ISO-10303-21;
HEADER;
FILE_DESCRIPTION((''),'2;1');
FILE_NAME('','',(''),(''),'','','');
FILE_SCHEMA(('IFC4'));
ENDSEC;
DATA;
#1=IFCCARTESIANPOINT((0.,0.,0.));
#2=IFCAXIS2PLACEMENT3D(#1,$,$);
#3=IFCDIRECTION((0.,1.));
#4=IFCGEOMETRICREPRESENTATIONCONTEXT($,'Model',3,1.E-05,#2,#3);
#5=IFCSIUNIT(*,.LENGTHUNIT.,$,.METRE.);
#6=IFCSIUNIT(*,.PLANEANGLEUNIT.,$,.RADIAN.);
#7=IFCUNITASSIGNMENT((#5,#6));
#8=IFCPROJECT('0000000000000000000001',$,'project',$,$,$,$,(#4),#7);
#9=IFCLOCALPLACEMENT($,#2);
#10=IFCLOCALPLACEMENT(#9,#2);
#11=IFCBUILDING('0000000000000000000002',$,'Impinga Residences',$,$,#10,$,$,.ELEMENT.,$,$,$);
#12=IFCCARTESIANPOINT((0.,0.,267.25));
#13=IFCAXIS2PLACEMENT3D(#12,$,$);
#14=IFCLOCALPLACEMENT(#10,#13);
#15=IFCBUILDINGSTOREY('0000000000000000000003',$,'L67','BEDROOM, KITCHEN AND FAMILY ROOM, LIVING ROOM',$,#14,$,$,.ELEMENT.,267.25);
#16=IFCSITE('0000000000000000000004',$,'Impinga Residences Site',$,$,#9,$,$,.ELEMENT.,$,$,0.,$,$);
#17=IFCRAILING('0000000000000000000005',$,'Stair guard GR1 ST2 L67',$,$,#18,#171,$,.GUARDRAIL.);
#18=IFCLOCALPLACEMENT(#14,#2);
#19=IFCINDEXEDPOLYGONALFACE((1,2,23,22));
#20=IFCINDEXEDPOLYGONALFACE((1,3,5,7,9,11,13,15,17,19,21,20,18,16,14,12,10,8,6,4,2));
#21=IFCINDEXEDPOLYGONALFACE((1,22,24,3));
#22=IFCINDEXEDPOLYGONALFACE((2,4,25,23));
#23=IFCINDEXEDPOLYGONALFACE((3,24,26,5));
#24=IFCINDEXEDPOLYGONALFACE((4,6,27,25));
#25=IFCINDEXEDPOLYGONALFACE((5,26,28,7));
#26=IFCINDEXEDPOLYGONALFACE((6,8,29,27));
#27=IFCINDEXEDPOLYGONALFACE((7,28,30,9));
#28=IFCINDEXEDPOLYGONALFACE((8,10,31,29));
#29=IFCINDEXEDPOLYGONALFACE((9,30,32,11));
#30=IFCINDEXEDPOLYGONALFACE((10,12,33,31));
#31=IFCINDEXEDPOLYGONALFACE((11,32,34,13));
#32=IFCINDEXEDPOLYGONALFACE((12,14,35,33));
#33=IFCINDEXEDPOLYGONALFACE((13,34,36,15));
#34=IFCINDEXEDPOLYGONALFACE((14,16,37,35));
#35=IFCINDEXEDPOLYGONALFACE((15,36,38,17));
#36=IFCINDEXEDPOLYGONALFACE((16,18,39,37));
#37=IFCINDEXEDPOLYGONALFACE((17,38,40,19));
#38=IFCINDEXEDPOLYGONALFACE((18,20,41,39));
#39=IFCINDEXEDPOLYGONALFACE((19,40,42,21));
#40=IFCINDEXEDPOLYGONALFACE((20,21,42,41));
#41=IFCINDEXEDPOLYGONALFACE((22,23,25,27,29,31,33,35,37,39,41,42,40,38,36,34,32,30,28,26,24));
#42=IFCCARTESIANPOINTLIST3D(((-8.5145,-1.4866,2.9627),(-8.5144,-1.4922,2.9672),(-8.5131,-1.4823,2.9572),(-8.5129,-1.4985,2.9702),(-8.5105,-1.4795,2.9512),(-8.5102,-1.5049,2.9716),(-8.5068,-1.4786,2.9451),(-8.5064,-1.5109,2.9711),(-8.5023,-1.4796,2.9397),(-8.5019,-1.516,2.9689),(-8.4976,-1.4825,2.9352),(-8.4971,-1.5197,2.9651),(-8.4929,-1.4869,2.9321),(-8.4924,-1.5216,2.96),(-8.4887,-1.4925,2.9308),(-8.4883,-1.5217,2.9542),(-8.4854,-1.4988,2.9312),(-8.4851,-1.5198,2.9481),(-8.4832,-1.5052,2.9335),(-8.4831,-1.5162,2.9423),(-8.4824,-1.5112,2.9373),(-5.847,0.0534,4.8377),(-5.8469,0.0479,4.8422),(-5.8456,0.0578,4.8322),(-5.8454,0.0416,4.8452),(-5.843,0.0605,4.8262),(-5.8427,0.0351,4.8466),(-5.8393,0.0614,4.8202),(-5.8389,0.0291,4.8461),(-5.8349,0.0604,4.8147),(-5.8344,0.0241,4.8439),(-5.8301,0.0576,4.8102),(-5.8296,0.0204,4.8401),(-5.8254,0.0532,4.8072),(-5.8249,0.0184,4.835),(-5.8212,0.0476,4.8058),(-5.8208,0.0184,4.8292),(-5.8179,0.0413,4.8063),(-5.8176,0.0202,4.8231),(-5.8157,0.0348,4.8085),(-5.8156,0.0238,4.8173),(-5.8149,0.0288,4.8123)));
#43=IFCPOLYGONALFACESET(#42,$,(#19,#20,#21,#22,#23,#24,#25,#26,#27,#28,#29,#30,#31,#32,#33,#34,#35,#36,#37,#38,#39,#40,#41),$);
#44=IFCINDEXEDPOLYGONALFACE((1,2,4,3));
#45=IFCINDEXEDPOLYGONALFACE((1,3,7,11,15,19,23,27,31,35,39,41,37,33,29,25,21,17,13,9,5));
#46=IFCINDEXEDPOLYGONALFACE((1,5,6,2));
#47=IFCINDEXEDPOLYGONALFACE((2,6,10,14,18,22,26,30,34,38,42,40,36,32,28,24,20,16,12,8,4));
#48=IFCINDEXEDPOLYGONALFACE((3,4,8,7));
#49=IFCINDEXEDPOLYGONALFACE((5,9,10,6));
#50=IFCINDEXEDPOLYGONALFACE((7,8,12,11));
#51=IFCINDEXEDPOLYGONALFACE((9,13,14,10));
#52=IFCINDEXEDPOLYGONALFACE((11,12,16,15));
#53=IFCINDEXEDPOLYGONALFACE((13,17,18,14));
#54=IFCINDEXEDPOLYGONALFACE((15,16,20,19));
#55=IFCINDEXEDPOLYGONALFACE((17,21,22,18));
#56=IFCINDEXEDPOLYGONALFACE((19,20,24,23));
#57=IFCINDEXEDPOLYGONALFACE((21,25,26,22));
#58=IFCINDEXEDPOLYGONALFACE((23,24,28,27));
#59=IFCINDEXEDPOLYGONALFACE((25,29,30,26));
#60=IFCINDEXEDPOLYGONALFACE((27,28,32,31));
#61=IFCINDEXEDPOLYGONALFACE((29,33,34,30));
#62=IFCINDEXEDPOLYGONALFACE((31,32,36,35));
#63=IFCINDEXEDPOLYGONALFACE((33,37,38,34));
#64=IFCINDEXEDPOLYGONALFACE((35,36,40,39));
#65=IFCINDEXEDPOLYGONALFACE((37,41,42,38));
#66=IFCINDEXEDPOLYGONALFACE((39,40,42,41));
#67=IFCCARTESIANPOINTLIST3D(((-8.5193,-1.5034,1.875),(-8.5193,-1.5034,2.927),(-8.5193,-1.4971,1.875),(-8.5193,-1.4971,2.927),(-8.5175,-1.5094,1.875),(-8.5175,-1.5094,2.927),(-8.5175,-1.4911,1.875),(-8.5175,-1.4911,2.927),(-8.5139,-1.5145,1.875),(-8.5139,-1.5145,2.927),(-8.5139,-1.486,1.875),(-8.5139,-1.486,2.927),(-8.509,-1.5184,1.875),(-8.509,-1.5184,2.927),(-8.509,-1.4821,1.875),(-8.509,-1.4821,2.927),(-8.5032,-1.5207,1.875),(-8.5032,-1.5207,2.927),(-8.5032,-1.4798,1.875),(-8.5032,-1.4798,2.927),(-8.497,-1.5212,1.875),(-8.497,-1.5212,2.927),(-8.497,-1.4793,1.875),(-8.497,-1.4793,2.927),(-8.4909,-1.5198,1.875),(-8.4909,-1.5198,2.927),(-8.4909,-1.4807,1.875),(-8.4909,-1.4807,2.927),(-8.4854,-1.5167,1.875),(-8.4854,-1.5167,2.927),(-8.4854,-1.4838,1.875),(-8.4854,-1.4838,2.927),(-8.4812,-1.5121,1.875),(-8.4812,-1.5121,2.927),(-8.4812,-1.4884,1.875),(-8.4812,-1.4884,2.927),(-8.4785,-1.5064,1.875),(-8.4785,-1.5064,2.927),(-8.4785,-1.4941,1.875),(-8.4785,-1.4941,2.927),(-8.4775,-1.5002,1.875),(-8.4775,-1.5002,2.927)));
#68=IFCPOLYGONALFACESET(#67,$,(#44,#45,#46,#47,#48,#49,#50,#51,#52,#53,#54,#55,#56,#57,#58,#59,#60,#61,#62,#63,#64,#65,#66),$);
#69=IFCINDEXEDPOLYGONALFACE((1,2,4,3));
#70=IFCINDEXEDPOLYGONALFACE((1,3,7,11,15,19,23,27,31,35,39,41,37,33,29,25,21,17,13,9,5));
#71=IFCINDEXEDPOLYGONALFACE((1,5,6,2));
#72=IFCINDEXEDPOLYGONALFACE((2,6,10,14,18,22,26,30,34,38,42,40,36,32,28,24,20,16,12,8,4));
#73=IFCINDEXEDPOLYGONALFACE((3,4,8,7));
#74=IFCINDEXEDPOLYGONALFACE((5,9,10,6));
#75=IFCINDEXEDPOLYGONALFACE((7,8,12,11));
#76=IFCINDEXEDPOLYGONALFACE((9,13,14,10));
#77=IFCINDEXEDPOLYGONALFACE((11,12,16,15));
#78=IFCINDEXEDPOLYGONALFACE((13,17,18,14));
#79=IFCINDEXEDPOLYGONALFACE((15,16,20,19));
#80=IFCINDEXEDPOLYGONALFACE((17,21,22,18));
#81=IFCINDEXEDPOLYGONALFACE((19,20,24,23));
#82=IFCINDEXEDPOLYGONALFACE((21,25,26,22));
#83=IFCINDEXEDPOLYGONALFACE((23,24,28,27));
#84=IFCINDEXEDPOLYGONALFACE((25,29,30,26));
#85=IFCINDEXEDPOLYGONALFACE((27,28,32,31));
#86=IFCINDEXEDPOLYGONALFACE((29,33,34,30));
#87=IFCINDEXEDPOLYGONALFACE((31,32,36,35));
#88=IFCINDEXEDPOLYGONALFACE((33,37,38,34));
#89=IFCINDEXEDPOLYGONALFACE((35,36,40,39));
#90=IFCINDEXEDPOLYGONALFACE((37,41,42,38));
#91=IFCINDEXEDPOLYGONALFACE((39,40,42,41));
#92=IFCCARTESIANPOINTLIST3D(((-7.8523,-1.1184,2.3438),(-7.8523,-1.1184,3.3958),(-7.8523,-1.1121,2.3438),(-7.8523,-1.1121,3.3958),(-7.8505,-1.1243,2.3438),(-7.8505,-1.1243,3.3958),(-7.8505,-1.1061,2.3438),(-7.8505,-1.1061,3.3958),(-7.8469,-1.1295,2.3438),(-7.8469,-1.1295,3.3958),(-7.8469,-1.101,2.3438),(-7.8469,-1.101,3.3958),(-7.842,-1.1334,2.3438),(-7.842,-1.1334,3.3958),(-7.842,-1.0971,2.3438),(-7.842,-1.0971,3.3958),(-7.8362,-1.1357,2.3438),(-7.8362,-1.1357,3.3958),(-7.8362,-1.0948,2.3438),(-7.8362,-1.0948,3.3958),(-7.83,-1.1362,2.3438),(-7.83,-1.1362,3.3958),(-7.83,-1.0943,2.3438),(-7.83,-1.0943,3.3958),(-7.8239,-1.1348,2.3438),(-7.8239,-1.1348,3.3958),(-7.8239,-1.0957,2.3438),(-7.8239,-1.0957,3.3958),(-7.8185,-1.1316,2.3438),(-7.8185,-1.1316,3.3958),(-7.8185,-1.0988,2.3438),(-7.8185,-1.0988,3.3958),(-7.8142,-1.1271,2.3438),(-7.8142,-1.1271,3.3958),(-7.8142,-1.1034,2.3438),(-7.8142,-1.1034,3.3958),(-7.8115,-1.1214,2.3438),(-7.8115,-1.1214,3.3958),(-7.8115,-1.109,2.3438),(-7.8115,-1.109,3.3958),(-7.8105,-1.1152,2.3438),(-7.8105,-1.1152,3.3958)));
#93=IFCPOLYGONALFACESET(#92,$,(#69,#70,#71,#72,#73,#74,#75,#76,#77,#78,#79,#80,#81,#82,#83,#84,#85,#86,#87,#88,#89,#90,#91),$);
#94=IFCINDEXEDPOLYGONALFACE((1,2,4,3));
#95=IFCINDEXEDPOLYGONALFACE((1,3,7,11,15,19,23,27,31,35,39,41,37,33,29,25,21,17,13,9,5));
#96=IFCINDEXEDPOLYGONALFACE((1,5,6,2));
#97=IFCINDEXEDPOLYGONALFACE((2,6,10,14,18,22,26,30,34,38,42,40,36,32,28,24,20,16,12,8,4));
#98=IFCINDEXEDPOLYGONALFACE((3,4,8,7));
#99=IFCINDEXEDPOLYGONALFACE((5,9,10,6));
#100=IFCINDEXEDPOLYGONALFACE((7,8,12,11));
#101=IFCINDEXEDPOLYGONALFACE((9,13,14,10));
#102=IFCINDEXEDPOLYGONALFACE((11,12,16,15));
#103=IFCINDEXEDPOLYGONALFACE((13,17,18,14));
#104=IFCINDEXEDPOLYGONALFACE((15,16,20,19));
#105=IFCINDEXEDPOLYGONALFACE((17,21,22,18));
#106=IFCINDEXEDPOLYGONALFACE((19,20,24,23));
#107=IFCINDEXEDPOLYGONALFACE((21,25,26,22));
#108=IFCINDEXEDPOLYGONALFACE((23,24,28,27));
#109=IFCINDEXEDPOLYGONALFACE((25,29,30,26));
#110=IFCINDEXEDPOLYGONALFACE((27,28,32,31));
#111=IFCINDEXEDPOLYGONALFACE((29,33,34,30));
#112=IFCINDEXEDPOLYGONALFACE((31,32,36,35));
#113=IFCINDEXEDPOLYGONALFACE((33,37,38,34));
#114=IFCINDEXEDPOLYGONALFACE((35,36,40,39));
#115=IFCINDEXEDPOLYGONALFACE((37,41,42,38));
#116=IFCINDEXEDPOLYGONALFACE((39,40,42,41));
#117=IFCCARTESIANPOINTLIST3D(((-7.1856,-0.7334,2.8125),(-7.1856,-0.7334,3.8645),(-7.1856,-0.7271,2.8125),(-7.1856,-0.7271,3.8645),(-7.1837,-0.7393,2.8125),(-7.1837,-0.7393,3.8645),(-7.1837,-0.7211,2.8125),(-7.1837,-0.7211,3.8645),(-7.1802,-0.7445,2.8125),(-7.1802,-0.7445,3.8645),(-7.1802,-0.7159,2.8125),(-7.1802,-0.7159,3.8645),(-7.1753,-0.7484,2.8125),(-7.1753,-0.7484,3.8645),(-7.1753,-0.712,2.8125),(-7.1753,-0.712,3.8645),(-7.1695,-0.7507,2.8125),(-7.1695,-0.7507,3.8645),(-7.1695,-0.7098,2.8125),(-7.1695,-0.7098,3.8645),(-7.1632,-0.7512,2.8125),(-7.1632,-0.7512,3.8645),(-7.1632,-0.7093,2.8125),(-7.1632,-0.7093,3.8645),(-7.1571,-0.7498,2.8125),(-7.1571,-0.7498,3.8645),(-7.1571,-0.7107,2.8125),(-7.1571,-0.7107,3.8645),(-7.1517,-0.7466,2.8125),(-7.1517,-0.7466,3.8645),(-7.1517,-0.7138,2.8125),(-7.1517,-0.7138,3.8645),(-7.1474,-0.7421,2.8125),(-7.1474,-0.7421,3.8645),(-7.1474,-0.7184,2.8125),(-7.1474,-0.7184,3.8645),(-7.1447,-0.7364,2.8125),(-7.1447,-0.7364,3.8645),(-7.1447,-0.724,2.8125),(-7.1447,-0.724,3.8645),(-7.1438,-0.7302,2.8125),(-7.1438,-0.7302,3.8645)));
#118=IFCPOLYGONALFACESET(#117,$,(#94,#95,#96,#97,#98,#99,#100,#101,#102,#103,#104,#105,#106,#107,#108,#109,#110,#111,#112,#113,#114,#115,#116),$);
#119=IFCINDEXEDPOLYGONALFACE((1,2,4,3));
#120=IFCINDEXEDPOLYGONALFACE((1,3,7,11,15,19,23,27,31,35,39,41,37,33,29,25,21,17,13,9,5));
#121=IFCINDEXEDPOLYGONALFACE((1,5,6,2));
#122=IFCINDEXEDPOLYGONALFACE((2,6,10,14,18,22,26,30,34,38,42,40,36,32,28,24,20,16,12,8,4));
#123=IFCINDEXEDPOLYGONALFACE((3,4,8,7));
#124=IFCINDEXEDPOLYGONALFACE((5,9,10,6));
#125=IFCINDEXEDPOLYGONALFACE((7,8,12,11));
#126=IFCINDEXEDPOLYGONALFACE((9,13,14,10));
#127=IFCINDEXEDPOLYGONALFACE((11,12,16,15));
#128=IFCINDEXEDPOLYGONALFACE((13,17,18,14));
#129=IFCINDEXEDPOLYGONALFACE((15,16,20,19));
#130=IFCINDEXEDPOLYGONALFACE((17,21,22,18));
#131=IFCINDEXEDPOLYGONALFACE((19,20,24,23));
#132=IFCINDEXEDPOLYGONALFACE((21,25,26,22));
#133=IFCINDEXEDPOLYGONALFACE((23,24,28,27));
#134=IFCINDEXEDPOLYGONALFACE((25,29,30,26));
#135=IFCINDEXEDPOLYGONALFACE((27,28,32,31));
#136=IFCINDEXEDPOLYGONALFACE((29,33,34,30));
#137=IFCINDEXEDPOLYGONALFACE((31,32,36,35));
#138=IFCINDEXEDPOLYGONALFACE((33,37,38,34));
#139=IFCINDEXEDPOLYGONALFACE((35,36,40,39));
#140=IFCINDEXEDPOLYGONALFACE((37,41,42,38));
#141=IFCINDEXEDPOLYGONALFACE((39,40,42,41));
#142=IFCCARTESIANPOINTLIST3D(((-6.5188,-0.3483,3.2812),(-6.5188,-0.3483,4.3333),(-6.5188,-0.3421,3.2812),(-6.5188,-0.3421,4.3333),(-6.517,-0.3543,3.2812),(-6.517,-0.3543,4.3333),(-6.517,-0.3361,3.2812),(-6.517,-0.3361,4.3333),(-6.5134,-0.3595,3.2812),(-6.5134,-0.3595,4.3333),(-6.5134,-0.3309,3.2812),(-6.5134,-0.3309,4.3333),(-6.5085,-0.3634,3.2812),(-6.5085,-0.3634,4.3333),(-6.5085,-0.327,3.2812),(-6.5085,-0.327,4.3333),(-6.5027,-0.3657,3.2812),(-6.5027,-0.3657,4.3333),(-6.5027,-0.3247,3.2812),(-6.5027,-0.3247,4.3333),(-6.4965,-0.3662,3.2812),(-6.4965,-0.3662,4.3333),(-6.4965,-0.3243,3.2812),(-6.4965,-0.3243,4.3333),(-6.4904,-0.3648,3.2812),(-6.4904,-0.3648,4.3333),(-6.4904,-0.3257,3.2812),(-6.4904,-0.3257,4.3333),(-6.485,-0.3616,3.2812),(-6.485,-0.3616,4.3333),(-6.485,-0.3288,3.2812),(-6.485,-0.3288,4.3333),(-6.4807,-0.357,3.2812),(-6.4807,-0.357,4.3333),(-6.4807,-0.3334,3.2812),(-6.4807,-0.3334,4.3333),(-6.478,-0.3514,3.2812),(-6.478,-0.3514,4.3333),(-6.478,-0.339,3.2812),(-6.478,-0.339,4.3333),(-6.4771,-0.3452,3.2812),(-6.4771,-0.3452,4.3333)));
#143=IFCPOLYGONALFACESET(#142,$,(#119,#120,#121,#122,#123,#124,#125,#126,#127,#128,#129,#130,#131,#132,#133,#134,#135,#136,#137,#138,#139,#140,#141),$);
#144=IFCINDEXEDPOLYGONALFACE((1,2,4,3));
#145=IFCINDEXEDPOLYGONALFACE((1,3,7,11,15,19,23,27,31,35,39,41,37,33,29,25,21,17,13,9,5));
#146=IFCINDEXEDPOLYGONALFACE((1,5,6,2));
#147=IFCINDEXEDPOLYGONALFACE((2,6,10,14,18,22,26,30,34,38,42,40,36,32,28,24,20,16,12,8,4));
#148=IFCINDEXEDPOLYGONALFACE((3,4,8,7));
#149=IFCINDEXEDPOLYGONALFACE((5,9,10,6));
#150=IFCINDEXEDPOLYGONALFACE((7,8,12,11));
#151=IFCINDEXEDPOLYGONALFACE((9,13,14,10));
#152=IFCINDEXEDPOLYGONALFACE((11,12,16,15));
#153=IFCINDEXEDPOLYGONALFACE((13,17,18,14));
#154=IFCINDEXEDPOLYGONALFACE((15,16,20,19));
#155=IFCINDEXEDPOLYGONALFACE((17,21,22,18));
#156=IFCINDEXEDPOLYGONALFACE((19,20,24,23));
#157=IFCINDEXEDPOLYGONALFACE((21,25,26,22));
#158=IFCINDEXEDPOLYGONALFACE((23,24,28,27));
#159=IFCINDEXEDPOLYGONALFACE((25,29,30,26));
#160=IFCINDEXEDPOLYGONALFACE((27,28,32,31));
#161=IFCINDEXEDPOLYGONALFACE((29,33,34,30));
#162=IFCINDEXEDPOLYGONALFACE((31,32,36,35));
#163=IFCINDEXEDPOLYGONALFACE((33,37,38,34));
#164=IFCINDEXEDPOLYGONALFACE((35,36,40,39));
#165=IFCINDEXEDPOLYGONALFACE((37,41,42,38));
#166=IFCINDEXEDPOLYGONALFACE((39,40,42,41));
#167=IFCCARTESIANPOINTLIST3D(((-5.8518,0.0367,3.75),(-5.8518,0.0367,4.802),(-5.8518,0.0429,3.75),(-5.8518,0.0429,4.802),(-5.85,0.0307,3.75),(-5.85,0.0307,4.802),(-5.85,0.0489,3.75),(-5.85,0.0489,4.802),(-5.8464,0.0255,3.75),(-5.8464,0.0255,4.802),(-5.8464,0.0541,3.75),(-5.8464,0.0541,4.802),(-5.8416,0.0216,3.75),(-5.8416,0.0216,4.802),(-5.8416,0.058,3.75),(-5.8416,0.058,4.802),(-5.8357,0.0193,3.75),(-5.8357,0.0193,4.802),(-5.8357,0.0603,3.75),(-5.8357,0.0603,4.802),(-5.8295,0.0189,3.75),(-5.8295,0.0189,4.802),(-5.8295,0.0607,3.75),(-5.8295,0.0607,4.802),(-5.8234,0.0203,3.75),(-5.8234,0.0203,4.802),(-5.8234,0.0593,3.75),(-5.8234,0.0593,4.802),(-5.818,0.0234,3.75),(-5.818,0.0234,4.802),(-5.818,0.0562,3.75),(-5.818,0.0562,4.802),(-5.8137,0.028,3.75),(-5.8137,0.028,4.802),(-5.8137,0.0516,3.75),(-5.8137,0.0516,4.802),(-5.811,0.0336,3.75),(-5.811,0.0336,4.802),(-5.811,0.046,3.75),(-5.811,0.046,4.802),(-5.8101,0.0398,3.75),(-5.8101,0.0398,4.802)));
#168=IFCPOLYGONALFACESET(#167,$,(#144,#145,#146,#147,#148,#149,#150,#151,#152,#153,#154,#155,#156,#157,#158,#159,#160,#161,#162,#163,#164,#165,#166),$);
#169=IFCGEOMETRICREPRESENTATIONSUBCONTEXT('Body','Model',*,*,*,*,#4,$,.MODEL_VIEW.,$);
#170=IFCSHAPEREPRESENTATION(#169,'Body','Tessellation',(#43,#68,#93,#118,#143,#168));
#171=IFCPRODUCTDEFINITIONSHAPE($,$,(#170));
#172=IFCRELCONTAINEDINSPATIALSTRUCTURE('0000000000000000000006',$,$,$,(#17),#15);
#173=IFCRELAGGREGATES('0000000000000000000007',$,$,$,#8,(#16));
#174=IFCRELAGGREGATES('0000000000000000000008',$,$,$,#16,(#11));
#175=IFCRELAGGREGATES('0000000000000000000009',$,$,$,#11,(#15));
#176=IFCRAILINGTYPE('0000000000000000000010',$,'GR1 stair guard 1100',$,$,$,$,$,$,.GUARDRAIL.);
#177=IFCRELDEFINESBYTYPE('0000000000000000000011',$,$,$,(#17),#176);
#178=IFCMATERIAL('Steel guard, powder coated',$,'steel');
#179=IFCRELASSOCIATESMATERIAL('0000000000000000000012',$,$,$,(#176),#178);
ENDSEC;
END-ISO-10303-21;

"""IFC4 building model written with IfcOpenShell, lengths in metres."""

from ifc_helpers import new_model, si_unit, direction, frame, origin, origin_2d, place, context, subcontext, project, spatial, circle, extrude, material, type_object, element, save


model = new_model("IFC4")

# Units and contexts
model_context = context("Model", 3, precision=1e-05, world=origin(), true_north=direction((0.0, 1.0)))
body_context = subcontext(model_context, "Body", "Model", "MODEL_VIEW")
ifc_project = project(units=[si_unit("LENGTHUNIT", "METRE"), si_unit("PLANEANGLEUNIT", "RADIAN")], contexts=[model_context])

# Site, building, storey
site_placement = place(None, origin())
site = spatial("IfcSite", under=ifc_project, at=site_placement, Name="Impinga Residences Site", CompositionType="ELEMENT", RefElevation=0.0)
building_placement = place(site_placement, origin())
building = spatial("IfcBuilding", under=site, at=building_placement, Name="Impinga Residences", CompositionType="ELEMENT")
storey_placement = place(building_placement, frame((0.0, 0.0, 267.25)))
storey = spatial("IfcBuildingStorey", under=building, at=storey_placement, Name="L67", Description="BEDROOM, KITCHEN AND FAMILY ROOM, LIVING ROOM", CompositionType="ELEMENT", Elevation=267.25)

# Railing
ifc_material_1 = material(Name="Steel guard, powder coated", Category="steel")
railing_type_1 = type_object("IfcRailingType", Name="GR1 stair guard 1100", PredefinedType="GUARDRAIL", material=ifc_material_1)
railing_1_placement = place(storey_placement, frame((-8.4985, -1.5002, 1.875)))
element("IfcRailing", 1, at=railing_1_placement, inside=storey, type_object=railing_type_1, Name="Stair guard GR1 ST2 L67", PredefinedType="GUARDRAIL", context=body_context, shape_type="SweptSolid", body=[
    extrude(circle(Radius=0.0239, at=origin_2d()), frame((0.0, 0.0, 1.0762), z_axis=(0.739746, 0.427084, 0.519975), x_axis=(-0.499992, 0.86603, 0.0)), (0.0, 0.0, 1.0), 3.606),
    extrude(circle(Radius=0.021, at=origin_2d()), origin(), (0.0, 0.0, 1.0), 1.052),
    extrude(circle(Radius=0.021, at=origin_2d()), frame((0.667, 0.385, 0.4688)), (0.0, 0.0, 1.0), 1.052),
    extrude(circle(Radius=0.021, at=origin_2d()), frame((1.3337, 0.77, 0.9375)), (0.0, 0.0, 1.0), 1.052),
    extrude(circle(Radius=0.021, at=origin_2d()), frame((2.0005, 1.155, 1.4062)), (0.0, 0.0, 1.0), 1.052),
    extrude(circle(Radius=0.021, at=origin_2d()), frame((2.6675, 1.54, 1.875)), (0.0, 0.0, 1.0), 1.052),
])

save(model, "model.ifc")
